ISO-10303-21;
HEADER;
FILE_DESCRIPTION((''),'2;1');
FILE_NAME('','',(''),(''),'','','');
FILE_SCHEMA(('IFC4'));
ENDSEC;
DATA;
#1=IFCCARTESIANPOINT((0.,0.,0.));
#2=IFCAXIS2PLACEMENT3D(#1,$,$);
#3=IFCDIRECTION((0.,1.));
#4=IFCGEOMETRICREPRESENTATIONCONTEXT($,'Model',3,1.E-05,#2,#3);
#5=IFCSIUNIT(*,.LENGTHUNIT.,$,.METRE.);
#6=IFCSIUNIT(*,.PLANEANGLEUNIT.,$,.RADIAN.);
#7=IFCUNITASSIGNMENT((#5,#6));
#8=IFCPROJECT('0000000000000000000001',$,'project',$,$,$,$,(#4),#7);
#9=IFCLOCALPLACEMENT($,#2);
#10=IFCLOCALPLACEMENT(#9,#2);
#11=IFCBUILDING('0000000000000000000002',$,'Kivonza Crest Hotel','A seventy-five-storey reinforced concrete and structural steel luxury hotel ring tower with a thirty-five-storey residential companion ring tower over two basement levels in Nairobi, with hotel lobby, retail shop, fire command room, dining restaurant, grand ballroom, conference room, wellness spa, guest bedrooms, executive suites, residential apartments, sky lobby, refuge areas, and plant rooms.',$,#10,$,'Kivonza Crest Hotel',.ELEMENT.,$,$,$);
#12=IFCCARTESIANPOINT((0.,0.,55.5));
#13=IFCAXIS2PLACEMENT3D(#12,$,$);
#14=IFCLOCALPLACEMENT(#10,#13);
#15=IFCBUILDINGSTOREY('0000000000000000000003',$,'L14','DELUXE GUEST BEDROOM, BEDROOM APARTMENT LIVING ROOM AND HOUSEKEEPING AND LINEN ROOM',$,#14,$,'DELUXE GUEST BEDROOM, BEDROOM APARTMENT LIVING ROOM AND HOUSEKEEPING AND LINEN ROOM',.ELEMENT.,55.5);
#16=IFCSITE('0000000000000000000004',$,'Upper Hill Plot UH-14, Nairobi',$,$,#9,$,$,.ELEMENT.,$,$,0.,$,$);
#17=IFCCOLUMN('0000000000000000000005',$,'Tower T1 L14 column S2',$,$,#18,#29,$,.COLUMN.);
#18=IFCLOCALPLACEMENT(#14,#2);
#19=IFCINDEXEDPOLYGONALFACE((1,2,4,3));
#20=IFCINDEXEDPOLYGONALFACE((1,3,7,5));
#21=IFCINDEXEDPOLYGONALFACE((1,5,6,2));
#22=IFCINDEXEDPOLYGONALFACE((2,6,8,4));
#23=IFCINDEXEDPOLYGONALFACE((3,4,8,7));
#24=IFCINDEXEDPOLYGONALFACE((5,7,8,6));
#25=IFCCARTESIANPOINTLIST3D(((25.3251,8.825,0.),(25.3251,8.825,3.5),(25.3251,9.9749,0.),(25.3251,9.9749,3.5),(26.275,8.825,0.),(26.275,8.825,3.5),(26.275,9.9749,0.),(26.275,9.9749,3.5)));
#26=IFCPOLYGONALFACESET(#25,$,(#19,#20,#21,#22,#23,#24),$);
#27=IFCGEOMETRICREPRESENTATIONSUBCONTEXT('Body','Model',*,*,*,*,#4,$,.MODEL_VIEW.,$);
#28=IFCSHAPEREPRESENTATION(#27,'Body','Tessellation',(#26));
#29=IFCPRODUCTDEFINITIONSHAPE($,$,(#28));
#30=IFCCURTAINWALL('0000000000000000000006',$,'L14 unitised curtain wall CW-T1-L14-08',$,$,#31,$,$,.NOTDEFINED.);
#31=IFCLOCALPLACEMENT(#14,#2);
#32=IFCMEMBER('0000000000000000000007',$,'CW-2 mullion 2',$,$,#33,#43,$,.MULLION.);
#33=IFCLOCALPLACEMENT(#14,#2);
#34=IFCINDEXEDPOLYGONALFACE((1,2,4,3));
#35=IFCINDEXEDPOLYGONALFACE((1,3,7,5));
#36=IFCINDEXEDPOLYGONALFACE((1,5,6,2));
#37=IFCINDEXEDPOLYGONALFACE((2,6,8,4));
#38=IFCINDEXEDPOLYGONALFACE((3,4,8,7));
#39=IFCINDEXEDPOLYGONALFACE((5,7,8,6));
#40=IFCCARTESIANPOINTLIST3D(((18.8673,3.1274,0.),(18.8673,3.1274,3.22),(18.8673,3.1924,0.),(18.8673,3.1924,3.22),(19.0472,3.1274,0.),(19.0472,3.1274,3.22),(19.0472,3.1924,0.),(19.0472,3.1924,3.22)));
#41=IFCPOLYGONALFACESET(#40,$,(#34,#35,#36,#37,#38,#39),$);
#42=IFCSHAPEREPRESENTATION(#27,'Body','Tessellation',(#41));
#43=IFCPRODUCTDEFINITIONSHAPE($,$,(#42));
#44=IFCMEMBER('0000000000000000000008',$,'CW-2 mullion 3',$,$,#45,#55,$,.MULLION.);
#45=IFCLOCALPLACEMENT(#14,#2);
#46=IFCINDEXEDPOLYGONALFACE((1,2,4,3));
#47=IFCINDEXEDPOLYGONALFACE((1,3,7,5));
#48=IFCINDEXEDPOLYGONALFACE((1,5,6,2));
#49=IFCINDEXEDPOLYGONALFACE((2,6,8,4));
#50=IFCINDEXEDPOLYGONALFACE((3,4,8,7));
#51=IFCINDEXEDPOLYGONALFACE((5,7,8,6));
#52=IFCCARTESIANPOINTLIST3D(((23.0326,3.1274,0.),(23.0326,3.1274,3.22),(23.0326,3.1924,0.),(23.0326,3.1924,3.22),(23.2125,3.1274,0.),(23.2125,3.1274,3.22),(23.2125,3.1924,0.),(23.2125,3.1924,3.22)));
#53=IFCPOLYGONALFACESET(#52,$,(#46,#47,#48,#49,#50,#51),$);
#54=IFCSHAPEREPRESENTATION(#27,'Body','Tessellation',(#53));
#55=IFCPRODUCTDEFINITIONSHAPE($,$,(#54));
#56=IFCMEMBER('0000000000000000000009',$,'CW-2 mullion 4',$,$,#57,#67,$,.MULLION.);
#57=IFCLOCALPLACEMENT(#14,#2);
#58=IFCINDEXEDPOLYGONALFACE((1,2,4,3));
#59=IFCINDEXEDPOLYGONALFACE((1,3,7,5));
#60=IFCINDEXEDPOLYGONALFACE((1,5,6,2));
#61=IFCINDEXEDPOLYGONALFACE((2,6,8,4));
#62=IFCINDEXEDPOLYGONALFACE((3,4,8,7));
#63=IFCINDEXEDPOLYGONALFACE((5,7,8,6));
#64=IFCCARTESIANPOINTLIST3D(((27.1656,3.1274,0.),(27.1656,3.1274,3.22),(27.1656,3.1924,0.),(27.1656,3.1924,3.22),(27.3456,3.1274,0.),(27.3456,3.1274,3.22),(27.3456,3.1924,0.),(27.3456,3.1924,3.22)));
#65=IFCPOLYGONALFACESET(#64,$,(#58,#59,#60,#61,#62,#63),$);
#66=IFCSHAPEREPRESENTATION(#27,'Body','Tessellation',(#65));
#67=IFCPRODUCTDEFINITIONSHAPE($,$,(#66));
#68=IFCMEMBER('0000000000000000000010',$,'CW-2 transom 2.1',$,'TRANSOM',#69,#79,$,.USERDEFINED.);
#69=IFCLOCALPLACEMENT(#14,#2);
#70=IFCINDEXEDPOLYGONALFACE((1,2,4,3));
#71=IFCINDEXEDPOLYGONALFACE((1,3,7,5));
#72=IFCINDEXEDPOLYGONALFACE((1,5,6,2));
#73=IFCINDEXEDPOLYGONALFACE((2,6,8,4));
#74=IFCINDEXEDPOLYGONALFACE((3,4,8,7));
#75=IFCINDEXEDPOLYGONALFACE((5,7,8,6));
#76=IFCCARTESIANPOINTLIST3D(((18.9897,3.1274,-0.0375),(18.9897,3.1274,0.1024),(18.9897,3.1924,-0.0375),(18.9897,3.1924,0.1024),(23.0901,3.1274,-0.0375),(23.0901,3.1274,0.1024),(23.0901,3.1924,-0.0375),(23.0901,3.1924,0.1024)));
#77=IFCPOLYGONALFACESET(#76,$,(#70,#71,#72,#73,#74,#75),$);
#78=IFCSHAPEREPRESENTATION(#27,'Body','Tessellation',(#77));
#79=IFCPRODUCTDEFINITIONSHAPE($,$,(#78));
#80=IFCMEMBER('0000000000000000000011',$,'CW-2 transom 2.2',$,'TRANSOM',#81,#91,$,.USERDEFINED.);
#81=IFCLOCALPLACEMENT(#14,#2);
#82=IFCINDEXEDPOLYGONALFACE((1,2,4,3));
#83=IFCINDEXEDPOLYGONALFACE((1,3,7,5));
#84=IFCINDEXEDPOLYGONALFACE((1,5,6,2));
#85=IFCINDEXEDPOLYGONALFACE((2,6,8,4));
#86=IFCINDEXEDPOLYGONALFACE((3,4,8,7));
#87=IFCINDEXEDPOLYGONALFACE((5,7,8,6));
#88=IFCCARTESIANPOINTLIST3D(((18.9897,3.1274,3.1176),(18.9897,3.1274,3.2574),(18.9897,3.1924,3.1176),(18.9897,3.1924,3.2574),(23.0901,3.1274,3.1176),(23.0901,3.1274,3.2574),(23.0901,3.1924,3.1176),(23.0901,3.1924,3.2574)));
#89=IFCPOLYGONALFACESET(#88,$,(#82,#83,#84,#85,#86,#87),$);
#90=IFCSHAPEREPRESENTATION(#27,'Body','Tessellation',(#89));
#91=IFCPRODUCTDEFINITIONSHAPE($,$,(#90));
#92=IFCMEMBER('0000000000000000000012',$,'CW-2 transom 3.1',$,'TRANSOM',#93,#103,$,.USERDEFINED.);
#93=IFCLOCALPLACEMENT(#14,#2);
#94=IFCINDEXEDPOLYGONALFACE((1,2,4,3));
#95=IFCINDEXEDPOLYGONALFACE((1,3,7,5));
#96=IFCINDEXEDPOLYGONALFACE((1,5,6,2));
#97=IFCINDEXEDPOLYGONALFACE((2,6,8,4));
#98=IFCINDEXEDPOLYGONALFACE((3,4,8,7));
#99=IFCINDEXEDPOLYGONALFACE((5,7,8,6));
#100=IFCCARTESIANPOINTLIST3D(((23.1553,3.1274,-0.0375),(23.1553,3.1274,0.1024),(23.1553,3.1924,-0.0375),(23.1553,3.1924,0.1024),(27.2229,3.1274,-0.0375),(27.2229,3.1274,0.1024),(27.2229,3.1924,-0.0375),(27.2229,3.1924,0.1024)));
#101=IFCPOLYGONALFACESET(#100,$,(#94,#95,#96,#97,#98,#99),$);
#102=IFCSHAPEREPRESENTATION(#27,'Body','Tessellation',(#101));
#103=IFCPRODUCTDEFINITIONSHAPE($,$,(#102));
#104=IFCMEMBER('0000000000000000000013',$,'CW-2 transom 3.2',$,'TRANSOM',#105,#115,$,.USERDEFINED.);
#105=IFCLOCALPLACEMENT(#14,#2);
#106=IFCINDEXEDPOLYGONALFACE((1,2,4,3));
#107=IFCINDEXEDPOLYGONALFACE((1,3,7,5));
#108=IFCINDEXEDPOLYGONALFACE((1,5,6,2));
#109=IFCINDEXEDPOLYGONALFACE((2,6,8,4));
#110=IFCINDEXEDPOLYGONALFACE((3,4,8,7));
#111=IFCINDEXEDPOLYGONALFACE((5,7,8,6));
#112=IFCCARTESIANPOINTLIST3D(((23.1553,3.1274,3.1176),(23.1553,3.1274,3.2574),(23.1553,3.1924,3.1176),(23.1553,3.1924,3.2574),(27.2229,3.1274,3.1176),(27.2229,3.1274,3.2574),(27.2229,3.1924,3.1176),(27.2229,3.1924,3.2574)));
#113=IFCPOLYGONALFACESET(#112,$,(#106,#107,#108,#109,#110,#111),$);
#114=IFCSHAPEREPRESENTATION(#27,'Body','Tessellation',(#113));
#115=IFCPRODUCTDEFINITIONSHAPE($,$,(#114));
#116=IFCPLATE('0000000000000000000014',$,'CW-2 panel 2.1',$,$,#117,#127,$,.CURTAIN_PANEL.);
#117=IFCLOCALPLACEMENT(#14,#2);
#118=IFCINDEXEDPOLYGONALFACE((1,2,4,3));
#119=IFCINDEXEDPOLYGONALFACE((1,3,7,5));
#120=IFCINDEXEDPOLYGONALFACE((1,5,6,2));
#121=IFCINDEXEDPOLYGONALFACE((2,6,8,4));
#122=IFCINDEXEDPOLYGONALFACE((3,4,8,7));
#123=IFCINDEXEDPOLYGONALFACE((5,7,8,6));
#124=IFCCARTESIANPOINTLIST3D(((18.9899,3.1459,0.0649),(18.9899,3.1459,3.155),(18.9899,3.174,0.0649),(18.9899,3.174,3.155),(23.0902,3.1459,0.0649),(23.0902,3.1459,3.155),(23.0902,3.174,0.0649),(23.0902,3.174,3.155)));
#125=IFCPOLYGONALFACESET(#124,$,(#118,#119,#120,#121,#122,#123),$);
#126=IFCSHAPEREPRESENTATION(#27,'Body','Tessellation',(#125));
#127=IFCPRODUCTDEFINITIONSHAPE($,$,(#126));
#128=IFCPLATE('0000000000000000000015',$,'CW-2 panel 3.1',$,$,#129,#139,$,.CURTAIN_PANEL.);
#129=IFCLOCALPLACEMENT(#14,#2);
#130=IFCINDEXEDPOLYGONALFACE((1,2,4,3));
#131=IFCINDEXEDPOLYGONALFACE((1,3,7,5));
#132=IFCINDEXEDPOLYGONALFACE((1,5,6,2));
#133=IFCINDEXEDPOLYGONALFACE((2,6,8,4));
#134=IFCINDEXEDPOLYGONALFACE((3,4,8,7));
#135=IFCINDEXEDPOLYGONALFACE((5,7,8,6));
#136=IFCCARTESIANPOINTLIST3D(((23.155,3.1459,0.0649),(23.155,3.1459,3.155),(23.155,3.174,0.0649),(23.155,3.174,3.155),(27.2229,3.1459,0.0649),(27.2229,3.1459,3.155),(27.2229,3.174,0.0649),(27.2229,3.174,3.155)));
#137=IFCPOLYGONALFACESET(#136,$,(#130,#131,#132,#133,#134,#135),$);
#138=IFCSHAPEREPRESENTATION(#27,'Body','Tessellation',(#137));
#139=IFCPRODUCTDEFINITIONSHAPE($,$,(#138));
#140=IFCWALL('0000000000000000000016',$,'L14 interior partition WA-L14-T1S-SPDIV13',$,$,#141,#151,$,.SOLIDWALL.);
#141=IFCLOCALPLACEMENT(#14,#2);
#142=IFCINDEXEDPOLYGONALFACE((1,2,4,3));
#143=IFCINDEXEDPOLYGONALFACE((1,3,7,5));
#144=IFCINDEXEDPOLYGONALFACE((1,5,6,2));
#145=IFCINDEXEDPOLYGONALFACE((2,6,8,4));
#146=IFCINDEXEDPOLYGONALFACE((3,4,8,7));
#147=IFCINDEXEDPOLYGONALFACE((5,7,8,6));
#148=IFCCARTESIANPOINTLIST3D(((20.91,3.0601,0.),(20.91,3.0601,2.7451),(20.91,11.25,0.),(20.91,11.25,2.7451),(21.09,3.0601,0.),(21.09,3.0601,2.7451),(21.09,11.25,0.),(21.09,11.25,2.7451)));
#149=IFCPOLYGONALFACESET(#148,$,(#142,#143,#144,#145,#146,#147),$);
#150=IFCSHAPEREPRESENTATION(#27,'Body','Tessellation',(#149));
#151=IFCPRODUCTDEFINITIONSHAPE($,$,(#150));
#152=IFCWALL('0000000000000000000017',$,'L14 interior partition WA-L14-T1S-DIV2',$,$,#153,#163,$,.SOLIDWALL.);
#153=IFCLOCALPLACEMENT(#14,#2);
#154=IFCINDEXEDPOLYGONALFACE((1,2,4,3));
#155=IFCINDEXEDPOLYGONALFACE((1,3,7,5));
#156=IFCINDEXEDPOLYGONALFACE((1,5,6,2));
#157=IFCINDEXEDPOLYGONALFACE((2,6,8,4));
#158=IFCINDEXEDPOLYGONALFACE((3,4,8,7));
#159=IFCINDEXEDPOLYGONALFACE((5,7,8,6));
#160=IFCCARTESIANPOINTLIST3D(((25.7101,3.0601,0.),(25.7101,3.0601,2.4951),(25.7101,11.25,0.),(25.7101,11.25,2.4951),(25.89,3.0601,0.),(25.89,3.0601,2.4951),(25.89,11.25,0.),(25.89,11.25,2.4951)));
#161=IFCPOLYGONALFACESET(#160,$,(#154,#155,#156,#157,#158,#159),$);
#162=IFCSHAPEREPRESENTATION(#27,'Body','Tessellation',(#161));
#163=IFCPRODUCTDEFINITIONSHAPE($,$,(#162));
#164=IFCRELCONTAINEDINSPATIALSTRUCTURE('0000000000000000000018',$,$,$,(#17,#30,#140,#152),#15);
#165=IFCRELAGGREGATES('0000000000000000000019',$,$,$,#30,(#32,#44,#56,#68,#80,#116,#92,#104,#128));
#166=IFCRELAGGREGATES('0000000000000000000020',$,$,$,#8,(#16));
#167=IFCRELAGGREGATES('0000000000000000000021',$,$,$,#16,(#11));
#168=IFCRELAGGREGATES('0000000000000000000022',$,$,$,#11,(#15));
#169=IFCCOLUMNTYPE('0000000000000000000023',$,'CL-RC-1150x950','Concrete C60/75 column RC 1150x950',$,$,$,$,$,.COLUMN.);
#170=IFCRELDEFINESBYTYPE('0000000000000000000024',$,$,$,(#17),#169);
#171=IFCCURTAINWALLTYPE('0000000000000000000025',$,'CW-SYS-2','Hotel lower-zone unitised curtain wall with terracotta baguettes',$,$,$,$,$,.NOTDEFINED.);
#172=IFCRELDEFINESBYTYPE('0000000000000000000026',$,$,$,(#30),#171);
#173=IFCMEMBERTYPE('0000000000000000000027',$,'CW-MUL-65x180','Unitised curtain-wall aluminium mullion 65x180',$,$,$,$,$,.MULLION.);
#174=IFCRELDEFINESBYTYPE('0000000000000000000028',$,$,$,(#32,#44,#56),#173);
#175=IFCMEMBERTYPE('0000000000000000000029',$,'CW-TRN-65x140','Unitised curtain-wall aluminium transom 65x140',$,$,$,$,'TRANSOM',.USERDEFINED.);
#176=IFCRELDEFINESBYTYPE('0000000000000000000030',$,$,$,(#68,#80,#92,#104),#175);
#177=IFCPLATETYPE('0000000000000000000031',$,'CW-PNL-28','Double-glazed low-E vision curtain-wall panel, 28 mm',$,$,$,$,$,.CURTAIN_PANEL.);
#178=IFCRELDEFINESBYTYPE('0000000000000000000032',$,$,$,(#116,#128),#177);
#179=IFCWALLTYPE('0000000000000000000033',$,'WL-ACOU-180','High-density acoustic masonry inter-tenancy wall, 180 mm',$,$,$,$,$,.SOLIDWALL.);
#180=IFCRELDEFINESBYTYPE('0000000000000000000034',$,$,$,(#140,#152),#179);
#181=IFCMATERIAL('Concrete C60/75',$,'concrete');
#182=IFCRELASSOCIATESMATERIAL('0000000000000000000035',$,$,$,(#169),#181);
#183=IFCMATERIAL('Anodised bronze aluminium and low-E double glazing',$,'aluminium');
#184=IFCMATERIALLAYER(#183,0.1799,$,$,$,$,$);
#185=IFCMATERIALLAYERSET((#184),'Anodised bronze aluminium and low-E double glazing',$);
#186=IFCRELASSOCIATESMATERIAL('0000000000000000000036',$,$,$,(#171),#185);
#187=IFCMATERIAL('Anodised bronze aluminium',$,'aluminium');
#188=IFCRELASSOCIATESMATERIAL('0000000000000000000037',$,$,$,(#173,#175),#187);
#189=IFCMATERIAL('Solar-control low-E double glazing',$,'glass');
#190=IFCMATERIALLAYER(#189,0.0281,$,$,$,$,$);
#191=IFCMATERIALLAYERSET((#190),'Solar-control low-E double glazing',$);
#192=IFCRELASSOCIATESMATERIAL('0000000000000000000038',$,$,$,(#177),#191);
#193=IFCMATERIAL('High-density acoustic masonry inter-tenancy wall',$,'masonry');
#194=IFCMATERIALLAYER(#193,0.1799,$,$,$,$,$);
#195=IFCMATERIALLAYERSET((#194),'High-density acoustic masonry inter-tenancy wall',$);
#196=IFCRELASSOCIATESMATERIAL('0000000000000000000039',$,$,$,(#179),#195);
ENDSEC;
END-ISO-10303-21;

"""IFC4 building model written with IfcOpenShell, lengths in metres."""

from ifc_helpers import new_model, si_unit, direction, frame, frame_2d, origin, origin_2d, place, context, subcontext, project, spatial, rectangle, extrude, material, layer, layer_set, material_profile, profile_set, type_object, element, aggregate, save


model = new_model("IFC4")

# Units and contexts
model_context = context("Model", 3, precision=1e-05, world=origin(), true_north=direction((0.0, 1.0)))
body_context = subcontext(model_context, "Body", "Model", "MODEL_VIEW")
ifc_project = project(units=[si_unit("LENGTHUNIT", "METRE"), si_unit("PLANEANGLEUNIT", "RADIAN")], contexts=[model_context])

# Site, building, storey
site_placement = place(None, origin())
site = spatial("IfcSite", under=ifc_project, at=site_placement, Name="Upper Hill Plot UH-14, Nairobi", CompositionType="ELEMENT", RefElevation=0.0)
building_placement = place(site_placement, origin())
building = spatial("IfcBuilding", under=site, at=building_placement, Name="Kivonza Crest Hotel", Description="A seventy-five-storey reinforced concrete and structural steel luxury hotel ring tower with a thirty-five-storey residential companion ring tower over two basement levels in Nairobi, with hotel lobby, retail shop, fire command room, dining restaurant, grand ballroom, conference room, wellness spa, guest bedrooms, executive suites, residential apartments, sky lobby, refuge areas, and plant rooms.", LongName="Kivonza Crest Hotel", CompositionType="ELEMENT")
storey_placement = place(building_placement, frame((0.0, 0.0, 55.5)))
storey = spatial("IfcBuildingStorey", under=building, at=storey_placement, Name="L14", Description="DELUXE GUEST BEDROOM, BEDROOM APARTMENT LIVING ROOM AND HOUSEKEEPING AND LINEN ROOM", LongName="DELUXE GUEST BEDROOM, BEDROOM APARTMENT LIVING ROOM AND HOUSEKEEPING AND LINEN ROOM", CompositionType="ELEMENT", Elevation=55.5)

# Column
ifc_material_1 = material(Name="Concrete C60/75", Category="concrete")
ifc_material_profile_1 = material_profile(ifc_material_1, rectangle(XDim=0.95, YDim=1.1499, at=origin_2d()), Name="RC 1150x950")
ifc_profile_set_1 = profile_set([ifc_material_profile_1], Name="Concrete C60/75")
column_type = type_object("IfcColumnType", Name="CL-RC-1150x950", Description="Concrete C60/75 column RC 1150x950", PredefinedType="COLUMN", material=ifc_profile_set_1)
column_placement = place(storey_placement, frame((25.8, 9.3999, 0.0), z_axis=(0.0, 0.0, 1.0), x_axis=(1.0, 0.0, 0.0)))
element("IfcColumn", 1, at=column_placement, inside=storey, type_object=column_type, Name="Tower T1 L14 column S2", PredefinedType="COLUMN", context=body_context, shape_type="SweptSolid", body=[
    extrude(rectangle(XDim=0.95, YDim=1.1499, at=origin_2d()), origin(), (0.0, 0.0, 1.0), 3.5),
])

# Curtain wall, members, plates
ifc_material_2 = material(Name="Anodised bronze aluminium and low-E double glazing", Category="aluminium")
ifc_layer_1 = layer(ifc_material_2, 0.1799)
ifc_layer_set_1 = layer_set([ifc_layer_1], Name="Anodised bronze aluminium and low-E double glazing")
curtain_wall_type = type_object("IfcCurtainWallType", Name="CW-SYS-2", Description="Hotel lower-zone unitised curtain wall with terracotta baguettes", PredefinedType="NOTDEFINED", material=ifc_layer_set_1)
curtain_wall_placement = place(storey_placement, origin())
curtain_wall = element("IfcCurtainWall", 2, at=curtain_wall_placement, inside=storey, type_object=curtain_wall_type, Name="L14 unitised curtain wall CW-T1-L14-08", PredefinedType="NOTDEFINED")
ifc_material_3 = material(Name="Anodised bronze aluminium", Category="aluminium")
ifc_material_profile_2 = material_profile(ifc_material_3, rectangle(XDim=0.0649, YDim=0.1799, at=origin_2d()), Name="CW-M 65x180")
ifc_profile_set_2 = profile_set([ifc_material_profile_2], Name="Anodised bronze aluminium")
member_type_1 = type_object("IfcMemberType", Name="CW-MUL-65x180", Description="Unitised curtain-wall aluminium mullion 65x180", PredefinedType="MULLION", material=ifc_profile_set_2)
member_1_placement = place(storey_placement, frame((18.9573, 3.1599, 0.0), z_axis=(0.0, 0.0, 1.0), x_axis=(0.0, 1.0, 0.0)))
member_1 = element("IfcMember", 3, at=member_1_placement, type_object=member_type_1, Name="CW-2 mullion 2", PredefinedType="MULLION", context=body_context, shape_type="SweptSolid", body=[
    extrude(rectangle(XDim=0.0649, YDim=0.1799, at=origin_2d()), origin(), (0.0, 0.0, 1.0), 3.22),
])
member_2_placement = place(storey_placement, frame((23.1226, 3.1599, 0.0), z_axis=(0.0, 0.0, 1.0), x_axis=(0.0, 1.0, 0.0)))
member_2 = element("IfcMember", 4, at=member_2_placement, type_object=member_type_1, Name="CW-2 mullion 3", PredefinedType="MULLION", context=body_context, shape_type="SweptSolid", body=[
    extrude(rectangle(XDim=0.0649, YDim=0.1799, at=origin_2d()), origin(), (0.0, 0.0, 1.0), 3.22),
])
member_3_placement = place(storey_placement, frame((27.2556, 3.1599, 0.0), z_axis=(0.0, 0.0, 1.0), x_axis=(0.0, 1.0, 0.0)))
member_3 = element("IfcMember", 5, at=member_3_placement, type_object=member_type_1, Name="CW-2 mullion 4", PredefinedType="MULLION", context=body_context, shape_type="SweptSolid", body=[
    extrude(rectangle(XDim=0.0649, YDim=0.1799, at=origin_2d()), origin(), (0.0, 0.0, 1.0), 3.22),
])
ifc_material_profile_3 = material_profile(ifc_material_3, rectangle(XDim=0.0649, YDim=0.1399, at=origin_2d()), Name="CW-T 65x140")
ifc_profile_set_3 = profile_set([ifc_material_profile_3], Name="Anodised bronze aluminium")
member_type_2 = type_object("IfcMemberType", Name="CW-TRN-65x140", Description="Unitised curtain-wall aluminium transom 65x140", ElementType="TRANSOM", PredefinedType="USERDEFINED", material=ifc_profile_set_3)
member_4_placement = place(storey_placement, frame((18.9897, 3.1599, 0.0325), z_axis=(1.0, 0.0, 0.0), x_axis=(0.0, 1.0, 0.0)))
member_4 = element("IfcMember", 6, at=member_4_placement, type_object=member_type_2, Name="CW-2 transom 2.1", ObjectType="TRANSOM", PredefinedType="USERDEFINED", context=body_context, shape_type="SweptSolid", body=[
    extrude(rectangle(XDim=0.0649, YDim=0.1399, at=origin_2d()), origin(), (0.0, 0.0, 1.0), 4.1003),
])
member_5_placement = place(storey_placement, frame((18.9897, 3.1599, 3.1875), z_axis=(1.0, 0.0, 0.0), x_axis=(0.0, 1.0, 0.0)))
member_5 = element("IfcMember", 7, at=member_5_placement, type_object=member_type_2, Name="CW-2 transom 2.2", ObjectType="TRANSOM", PredefinedType="USERDEFINED", context=body_context, shape_type="SweptSolid", body=[
    extrude(rectangle(XDim=0.0649, YDim=0.1399, at=origin_2d()), origin(), (0.0, 0.0, 1.0), 4.1003),
])
member_6_placement = place(storey_placement, frame((23.1553, 3.1599, 0.0325), z_axis=(1.0, 0.0, 0.0), x_axis=(0.0, 1.0, 0.0)))
member_6 = element("IfcMember", 8, at=member_6_placement, type_object=member_type_2, Name="CW-2 transom 3.1", ObjectType="TRANSOM", PredefinedType="USERDEFINED", context=body_context, shape_type="SweptSolid", body=[
    extrude(rectangle(XDim=0.0649, YDim=0.1399, at=origin_2d()), origin(), (0.0, 0.0, 1.0), 4.0676),
])
member_7_placement = place(storey_placement, frame((23.1553, 3.1599, 3.1875), z_axis=(1.0, 0.0, 0.0), x_axis=(0.0, 1.0, 0.0)))
member_7 = element("IfcMember", 9, at=member_7_placement, type_object=member_type_2, Name="CW-2 transom 3.2", ObjectType="TRANSOM", PredefinedType="USERDEFINED", context=body_context, shape_type="SweptSolid", body=[
    extrude(rectangle(XDim=0.0649, YDim=0.1399, at=origin_2d()), origin(), (0.0, 0.0, 1.0), 4.0676),
])
ifc_material_4 = material(Name="Solar-control low-E double glazing", Category="glass")
ifc_layer_2 = layer(ifc_material_4, 0.0281)
ifc_layer_set_2 = layer_set([ifc_layer_2], Name="Solar-control low-E double glazing")
plate_type = type_object("IfcPlateType", Name="CW-PNL-28", Description="Double-glazed low-E vision curtain-wall panel, 28 mm", PredefinedType="CURTAIN_PANEL", material=ifc_layer_set_2)
plate_1_placement = place(storey_placement, frame((21.04, 3.1599, 0.0649), z_axis=(0.0, 0.0, 1.0), x_axis=(1.0, 0.0, 0.0)))
plate_1 = element("IfcPlate", 10, at=plate_1_placement, type_object=plate_type, Name="CW-2 panel 2.1", PredefinedType="CURTAIN_PANEL", context=body_context, shape_type="SweptSolid", body=[
    extrude(rectangle(XDim=4.1003, YDim=0.0281, at=origin_2d()), origin(), (0.0, 0.0, 1.0), 3.0901),
])
plate_2_placement = place(storey_placement, frame((25.189, 3.1599, 0.0649), z_axis=(0.0, 0.0, 1.0), x_axis=(1.0, 0.0, 0.0)))
plate_2 = element("IfcPlate", 11, at=plate_2_placement, type_object=plate_type, Name="CW-2 panel 3.1", PredefinedType="CURTAIN_PANEL", context=body_context, shape_type="SweptSolid", body=[
    extrude(rectangle(XDim=4.0679, YDim=0.0281, at=origin_2d()), origin(), (0.0, 0.0, 1.0), 3.0901),
])
aggregate(curtain_wall, [member_1, member_2, member_3, member_4, member_5, plate_1, member_6, member_7, plate_2])

# Walls
ifc_material_5 = material(Name="High-density acoustic masonry inter-tenancy wall", Category="masonry")
ifc_layer_3 = layer(ifc_material_5, 0.1799)
ifc_layer_set_3 = layer_set([ifc_layer_3], Name="High-density acoustic masonry inter-tenancy wall")
wall_type_1 = type_object("IfcWallType", Name="WL-ACOU-180", Description="High-density acoustic masonry inter-tenancy wall, 180 mm", PredefinedType="SOLIDWALL", material=ifc_layer_set_3)
wall_1_placement = place(storey_placement, frame((21.0, 3.0601, 0.0), z_axis=(0.0, 0.0, 1.0), x_axis=(0.0, 1.0, 0.0)))
element("IfcWall", 12, at=wall_1_placement, inside=storey, type_object=wall_type_1, Name="L14 interior partition WA-L14-T1S-SPDIV13", PredefinedType="SOLIDWALL", context=body_context, shape_type="SweptSolid", body=[
    extrude(rectangle(XDim=8.1899, YDim=0.1799, at=frame_2d((4.095, 0.0))), origin(), (0.0, 0.0, 1.0), 2.7451),
])
wall_2_placement = place(storey_placement, frame((25.8, 3.0601, 0.0), z_axis=(0.0, 0.0, 1.0), x_axis=(0.0, 1.0, 0.0)))
element("IfcWall", 13, at=wall_2_placement, inside=storey, type_object=wall_type_1, Name="L14 interior partition WA-L14-T1S-DIV2", PredefinedType="SOLIDWALL", context=body_context, shape_type="SweptSolid", body=[
    extrude(rectangle(XDim=8.1899, YDim=0.1799, at=frame_2d((4.095, 0.0))), origin(), (0.0, 0.0, 1.0), 2.4951),
])

save(model, "model.ifc")
